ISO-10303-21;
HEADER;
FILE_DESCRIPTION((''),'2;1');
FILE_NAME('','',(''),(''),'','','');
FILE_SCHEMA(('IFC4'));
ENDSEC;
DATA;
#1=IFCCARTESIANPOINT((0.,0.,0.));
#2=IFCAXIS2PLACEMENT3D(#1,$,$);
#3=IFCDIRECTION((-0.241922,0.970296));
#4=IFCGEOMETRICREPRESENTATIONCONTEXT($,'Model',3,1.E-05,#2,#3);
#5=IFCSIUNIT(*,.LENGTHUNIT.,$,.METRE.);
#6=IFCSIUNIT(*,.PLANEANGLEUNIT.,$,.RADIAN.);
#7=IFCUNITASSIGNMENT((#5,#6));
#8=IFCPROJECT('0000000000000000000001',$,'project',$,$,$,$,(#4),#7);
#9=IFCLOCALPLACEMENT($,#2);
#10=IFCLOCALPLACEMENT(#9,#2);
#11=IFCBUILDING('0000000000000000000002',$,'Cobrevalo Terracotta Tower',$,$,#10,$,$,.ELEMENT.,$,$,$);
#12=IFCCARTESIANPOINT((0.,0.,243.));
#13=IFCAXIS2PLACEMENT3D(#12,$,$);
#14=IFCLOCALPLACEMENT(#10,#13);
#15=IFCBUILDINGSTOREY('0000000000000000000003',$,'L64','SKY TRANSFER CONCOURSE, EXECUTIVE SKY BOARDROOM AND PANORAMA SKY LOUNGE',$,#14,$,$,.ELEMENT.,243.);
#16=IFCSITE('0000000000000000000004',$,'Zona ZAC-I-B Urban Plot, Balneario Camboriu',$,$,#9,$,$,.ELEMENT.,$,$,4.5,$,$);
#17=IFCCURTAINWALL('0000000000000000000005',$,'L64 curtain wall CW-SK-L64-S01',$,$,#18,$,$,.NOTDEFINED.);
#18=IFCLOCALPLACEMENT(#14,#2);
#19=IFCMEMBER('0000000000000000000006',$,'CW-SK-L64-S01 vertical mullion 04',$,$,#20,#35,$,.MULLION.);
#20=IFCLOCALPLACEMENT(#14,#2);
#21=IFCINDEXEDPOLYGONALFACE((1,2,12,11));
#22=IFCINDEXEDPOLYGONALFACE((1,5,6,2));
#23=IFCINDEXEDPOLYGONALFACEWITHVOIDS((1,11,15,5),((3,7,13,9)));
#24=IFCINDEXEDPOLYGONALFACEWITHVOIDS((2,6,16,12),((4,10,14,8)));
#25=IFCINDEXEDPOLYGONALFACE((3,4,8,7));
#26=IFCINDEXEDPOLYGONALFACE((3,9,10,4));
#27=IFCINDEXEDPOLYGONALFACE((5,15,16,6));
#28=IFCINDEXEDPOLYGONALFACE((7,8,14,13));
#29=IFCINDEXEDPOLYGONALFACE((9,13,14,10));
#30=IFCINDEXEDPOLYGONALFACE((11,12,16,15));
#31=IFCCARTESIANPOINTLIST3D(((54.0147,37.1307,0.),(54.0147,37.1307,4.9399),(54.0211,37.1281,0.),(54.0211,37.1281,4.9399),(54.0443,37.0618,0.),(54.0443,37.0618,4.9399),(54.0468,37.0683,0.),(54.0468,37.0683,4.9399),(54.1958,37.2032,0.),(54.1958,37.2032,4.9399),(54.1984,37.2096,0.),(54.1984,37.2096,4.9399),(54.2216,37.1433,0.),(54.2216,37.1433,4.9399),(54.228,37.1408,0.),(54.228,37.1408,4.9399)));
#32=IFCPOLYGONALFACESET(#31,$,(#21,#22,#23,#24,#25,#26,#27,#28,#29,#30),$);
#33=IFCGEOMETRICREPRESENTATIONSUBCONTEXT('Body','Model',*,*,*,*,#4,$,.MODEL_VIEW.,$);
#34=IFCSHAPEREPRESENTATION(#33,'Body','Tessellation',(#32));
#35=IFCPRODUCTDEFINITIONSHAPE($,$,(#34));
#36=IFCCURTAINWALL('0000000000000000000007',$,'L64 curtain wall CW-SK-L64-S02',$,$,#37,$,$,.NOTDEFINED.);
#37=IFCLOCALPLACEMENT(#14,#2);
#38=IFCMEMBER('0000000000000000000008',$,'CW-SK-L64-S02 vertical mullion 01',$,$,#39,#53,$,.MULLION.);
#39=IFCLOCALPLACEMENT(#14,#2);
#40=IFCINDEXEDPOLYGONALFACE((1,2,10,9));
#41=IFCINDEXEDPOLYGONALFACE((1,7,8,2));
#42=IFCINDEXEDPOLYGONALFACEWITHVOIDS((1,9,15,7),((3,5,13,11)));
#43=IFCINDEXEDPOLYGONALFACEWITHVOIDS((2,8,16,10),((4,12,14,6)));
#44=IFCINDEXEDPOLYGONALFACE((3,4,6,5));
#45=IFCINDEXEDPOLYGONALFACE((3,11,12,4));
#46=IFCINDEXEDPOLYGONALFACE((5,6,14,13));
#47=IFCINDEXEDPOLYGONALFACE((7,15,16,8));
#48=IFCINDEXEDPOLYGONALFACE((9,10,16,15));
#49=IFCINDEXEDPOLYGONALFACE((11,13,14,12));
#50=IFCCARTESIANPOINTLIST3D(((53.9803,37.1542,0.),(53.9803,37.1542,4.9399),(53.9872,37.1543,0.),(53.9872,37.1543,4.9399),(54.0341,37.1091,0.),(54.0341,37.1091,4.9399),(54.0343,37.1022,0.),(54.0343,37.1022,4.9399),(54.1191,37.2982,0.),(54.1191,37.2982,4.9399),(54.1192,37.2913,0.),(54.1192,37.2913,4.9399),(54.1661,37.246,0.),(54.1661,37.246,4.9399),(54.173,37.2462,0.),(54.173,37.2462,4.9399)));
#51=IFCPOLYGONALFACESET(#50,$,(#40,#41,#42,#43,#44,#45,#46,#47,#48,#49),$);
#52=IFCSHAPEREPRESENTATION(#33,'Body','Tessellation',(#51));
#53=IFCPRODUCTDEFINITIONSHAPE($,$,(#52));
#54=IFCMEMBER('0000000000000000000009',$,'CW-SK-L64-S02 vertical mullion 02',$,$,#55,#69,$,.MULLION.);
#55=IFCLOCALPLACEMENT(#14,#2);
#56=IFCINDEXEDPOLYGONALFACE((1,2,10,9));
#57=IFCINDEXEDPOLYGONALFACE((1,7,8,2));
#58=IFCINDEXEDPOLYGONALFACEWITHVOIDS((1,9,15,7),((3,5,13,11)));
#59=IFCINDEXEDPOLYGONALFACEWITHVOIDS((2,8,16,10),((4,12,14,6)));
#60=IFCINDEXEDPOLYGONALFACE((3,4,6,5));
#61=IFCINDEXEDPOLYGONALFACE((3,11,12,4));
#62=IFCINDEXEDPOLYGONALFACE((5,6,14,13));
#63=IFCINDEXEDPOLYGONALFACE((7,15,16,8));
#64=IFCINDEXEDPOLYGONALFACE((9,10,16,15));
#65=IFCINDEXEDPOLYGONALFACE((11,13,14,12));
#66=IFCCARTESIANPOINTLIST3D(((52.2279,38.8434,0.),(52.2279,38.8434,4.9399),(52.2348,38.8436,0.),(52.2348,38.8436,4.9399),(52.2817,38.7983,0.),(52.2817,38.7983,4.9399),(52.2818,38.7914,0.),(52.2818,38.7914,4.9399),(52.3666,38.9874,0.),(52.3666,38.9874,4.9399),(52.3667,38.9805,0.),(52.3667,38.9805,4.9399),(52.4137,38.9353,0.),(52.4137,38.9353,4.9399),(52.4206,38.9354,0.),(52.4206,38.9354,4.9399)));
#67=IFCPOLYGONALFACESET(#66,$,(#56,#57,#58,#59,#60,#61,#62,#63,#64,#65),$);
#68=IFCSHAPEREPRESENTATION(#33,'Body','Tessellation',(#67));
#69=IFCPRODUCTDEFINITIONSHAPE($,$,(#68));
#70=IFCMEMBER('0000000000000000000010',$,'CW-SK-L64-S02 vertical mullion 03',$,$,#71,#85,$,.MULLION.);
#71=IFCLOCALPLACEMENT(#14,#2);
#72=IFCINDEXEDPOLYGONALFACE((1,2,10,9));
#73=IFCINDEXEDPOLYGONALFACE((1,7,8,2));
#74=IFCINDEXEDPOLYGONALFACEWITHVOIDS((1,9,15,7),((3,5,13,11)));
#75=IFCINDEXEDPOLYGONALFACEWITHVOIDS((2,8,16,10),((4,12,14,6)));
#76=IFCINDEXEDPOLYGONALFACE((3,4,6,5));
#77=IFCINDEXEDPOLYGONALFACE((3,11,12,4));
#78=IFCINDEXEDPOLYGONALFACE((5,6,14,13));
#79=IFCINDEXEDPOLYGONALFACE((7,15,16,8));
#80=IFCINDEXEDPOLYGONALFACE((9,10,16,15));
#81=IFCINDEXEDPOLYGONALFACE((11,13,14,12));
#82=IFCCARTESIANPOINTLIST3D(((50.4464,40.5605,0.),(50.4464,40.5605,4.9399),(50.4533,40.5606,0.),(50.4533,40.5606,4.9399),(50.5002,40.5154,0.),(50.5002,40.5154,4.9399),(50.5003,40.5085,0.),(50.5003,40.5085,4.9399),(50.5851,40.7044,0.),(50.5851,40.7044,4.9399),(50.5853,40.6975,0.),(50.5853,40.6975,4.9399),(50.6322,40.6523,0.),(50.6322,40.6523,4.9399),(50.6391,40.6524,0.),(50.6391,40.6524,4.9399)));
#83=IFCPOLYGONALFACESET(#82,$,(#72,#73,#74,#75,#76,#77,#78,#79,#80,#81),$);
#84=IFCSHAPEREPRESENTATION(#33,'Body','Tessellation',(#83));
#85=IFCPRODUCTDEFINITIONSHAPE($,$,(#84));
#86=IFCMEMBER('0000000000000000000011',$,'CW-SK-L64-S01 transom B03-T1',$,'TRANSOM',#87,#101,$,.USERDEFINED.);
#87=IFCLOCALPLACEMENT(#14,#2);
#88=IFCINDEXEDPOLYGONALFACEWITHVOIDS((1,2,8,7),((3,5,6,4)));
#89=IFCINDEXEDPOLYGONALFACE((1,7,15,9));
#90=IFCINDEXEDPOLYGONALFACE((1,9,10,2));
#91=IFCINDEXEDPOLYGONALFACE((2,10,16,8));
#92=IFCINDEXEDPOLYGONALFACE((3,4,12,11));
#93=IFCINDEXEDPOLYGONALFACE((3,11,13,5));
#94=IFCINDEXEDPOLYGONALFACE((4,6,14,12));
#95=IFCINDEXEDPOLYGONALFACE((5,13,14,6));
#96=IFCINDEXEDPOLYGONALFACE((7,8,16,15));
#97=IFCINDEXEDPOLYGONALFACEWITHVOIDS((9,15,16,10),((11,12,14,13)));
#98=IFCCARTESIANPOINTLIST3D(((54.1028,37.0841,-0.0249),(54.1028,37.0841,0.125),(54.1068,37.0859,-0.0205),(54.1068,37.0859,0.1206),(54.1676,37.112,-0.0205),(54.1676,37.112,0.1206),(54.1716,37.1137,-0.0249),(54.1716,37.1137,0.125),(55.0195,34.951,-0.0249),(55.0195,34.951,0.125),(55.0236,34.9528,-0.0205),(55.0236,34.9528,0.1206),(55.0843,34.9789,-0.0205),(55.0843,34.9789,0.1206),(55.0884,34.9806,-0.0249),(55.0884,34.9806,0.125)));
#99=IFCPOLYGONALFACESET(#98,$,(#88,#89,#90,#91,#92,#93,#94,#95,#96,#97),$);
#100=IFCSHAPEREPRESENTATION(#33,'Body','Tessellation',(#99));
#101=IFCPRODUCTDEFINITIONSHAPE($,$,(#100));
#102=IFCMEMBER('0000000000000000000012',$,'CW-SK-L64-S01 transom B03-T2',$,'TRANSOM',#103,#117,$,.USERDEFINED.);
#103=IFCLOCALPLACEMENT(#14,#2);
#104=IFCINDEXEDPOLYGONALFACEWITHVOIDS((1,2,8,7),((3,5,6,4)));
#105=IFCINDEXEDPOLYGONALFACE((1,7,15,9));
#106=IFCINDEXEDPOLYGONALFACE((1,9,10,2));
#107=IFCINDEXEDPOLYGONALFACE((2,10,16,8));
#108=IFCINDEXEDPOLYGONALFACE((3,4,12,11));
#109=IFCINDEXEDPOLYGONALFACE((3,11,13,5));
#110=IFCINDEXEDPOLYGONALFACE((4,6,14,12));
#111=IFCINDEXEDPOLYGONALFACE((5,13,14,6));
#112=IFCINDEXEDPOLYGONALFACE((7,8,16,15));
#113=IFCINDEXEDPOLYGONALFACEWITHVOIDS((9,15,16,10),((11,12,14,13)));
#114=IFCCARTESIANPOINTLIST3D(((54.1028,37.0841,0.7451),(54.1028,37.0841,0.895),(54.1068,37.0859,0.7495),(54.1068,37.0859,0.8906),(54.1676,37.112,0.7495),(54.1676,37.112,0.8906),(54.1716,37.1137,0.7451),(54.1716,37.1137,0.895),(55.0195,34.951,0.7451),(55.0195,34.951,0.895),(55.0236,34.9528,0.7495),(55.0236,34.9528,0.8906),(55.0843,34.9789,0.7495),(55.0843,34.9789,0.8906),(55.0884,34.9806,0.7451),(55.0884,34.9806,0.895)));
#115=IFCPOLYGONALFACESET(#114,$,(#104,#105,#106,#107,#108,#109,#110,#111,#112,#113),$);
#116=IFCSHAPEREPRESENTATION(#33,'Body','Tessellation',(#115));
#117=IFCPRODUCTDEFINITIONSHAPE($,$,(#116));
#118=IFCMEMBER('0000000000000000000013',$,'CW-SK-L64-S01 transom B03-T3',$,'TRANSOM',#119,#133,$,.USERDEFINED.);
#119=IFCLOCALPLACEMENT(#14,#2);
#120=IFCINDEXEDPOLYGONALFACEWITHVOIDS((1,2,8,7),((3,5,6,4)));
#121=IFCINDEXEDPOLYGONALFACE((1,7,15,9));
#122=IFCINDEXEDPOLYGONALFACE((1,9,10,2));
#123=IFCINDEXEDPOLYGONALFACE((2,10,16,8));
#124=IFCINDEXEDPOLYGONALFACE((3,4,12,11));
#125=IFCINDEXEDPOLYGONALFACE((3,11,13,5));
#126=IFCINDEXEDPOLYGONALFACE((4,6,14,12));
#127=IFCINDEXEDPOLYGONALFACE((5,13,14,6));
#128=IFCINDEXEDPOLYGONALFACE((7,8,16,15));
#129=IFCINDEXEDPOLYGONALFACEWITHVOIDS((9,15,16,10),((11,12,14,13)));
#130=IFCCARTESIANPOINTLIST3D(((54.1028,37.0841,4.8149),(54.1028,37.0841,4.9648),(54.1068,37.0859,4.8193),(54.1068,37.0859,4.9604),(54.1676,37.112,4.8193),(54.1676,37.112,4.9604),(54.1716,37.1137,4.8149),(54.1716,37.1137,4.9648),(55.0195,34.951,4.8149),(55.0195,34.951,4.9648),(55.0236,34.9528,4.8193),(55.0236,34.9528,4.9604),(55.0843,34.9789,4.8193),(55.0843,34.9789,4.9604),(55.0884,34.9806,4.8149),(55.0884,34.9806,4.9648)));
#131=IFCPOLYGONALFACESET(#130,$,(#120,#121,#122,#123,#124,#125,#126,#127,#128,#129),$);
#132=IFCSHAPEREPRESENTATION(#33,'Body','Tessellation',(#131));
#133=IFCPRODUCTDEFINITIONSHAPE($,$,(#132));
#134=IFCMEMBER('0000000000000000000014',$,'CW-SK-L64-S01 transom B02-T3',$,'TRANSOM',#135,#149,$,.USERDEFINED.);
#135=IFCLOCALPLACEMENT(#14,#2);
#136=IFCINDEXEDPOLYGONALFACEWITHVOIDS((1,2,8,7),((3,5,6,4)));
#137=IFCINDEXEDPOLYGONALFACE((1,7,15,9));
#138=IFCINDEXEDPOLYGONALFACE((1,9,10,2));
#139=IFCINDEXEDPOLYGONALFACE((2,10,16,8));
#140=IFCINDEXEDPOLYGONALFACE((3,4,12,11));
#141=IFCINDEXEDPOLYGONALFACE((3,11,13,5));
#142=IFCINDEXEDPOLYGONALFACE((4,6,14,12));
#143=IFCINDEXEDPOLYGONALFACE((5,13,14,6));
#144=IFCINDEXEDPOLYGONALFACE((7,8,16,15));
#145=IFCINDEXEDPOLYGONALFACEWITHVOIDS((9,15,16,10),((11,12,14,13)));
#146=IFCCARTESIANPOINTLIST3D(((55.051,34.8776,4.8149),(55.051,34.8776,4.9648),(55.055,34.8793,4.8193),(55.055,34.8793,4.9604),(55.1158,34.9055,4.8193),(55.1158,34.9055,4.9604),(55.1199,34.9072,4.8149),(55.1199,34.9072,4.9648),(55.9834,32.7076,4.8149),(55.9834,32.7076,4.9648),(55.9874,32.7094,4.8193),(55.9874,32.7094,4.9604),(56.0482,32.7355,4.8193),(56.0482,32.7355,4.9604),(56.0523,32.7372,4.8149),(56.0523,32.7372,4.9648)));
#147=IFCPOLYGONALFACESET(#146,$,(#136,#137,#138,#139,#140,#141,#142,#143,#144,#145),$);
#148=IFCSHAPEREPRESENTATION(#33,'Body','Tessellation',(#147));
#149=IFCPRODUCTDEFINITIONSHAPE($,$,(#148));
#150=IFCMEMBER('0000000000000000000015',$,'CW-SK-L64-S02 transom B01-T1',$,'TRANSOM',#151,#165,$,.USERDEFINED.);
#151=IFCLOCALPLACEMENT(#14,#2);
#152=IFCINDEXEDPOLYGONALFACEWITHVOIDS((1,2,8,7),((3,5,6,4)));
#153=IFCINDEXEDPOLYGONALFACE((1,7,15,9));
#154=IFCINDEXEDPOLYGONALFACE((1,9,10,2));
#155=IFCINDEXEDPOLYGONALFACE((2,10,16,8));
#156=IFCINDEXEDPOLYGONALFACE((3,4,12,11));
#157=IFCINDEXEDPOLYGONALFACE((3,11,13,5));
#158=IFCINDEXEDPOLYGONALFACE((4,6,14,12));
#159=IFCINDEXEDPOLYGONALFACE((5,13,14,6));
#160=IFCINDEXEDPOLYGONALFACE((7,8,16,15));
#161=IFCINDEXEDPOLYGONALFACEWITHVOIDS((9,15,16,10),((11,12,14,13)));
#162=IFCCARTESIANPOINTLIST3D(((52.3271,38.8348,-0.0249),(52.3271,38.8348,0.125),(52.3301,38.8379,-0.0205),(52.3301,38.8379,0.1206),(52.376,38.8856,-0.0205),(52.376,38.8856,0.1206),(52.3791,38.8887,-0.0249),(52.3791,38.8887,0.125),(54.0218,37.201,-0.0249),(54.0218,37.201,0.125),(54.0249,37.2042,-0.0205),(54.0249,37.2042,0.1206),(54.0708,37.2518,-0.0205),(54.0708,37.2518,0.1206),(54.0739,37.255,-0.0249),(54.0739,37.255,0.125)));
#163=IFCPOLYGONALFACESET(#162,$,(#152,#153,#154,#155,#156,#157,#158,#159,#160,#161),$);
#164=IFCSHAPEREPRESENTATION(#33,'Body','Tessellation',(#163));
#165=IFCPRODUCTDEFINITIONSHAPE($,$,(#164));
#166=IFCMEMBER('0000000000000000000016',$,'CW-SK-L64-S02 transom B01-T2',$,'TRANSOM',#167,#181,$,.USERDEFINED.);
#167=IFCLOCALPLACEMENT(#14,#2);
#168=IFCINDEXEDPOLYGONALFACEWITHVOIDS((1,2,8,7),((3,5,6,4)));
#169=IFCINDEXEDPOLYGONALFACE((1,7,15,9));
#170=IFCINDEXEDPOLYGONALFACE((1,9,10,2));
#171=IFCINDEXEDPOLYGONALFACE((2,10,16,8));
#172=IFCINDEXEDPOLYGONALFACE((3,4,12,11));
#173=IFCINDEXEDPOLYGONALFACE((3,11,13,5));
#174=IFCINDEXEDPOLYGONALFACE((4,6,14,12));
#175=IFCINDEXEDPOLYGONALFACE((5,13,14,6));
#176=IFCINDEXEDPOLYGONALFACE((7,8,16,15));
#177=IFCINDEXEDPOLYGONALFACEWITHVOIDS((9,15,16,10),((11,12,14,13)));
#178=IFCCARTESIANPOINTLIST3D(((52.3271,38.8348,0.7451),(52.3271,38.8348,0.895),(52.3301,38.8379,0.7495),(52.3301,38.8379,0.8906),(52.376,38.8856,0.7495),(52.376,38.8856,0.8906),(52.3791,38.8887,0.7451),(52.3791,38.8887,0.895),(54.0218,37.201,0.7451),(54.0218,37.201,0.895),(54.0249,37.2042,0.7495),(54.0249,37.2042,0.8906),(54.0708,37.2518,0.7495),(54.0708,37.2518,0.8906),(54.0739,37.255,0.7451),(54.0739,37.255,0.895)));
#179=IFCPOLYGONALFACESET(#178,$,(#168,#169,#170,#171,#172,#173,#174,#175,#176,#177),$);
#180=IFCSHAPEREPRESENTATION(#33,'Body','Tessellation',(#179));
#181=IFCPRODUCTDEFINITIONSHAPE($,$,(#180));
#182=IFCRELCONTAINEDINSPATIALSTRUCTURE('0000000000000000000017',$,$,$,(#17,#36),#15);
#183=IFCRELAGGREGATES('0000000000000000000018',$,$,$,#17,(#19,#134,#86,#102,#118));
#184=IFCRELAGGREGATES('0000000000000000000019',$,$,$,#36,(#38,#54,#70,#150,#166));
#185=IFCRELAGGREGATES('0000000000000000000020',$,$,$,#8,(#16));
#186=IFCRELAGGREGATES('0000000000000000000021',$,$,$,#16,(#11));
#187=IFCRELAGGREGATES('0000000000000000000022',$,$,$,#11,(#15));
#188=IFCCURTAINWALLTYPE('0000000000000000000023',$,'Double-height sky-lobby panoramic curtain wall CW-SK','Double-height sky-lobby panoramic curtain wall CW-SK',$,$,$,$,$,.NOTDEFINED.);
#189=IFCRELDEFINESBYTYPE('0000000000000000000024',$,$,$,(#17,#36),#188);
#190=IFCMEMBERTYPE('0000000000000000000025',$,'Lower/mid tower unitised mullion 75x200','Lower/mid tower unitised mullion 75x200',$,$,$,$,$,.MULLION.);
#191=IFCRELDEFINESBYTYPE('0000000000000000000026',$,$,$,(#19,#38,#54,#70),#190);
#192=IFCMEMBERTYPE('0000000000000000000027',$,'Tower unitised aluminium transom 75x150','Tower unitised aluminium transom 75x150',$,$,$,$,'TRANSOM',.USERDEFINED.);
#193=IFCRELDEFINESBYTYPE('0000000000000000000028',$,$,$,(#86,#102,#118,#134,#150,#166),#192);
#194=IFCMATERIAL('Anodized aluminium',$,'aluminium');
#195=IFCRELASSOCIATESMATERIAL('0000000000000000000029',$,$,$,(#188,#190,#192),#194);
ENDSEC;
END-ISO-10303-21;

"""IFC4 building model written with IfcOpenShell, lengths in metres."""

from ifc_helpers import new_model, si_unit, direction, frame, origin, origin_2d, place, context, subcontext, project, spatial, hollow_rectangle, extrude, source, transform, mapped, material, material_profile, profile_set, type_object, element, aggregate, save


model = new_model("IFC4")

# Units and contexts
model_context = context("Model", 3, precision=1e-05, world=origin(), true_north=direction((-0.241922, 0.970296)))
body_context = subcontext(model_context, "Body", "Model", "MODEL_VIEW")
ifc_project = project(units=[si_unit("LENGTHUNIT", "METRE"), si_unit("PLANEANGLEUNIT", "RADIAN")], contexts=[model_context])

# Site, building, storey
site_placement = place(None, origin())
site = spatial("IfcSite", under=ifc_project, at=site_placement, Name="Zona ZAC-I-B Urban Plot, Balneario Camboriu", CompositionType="ELEMENT", RefElevation=4.5)
building_placement = place(site_placement, origin())
building = spatial("IfcBuilding", under=site, at=building_placement, Name="Cobrevalo Terracotta Tower", CompositionType="ELEMENT")
storey_placement = place(building_placement, frame((0.0, 0.0, 243.0)))
storey = spatial("IfcBuildingStorey", under=building, at=storey_placement, Name="L64", Description="SKY TRANSFER CONCOURSE, EXECUTIVE SKY BOARDROOM AND PANORAMA SKY LOUNGE", CompositionType="ELEMENT", Elevation=243.0)

# Curtain walls, members
ifc_material_1 = material(Name="Anodized aluminium", Category="aluminium")
curtain_wall_type = type_object("IfcCurtainWallType", Name="Double-height sky-lobby panoramic curtain wall CW-SK", Description="Double-height sky-lobby panoramic curtain wall CW-SK", PredefinedType="NOTDEFINED", material=ifc_material_1)
curtain_wall_1_placement = place(storey_placement, origin())
curtain_wall_1 = element("IfcCurtainWall", 1, at=curtain_wall_1_placement, inside=storey, type_object=curtain_wall_type, Name="L64 curtain wall CW-SK-L64-S01", PredefinedType="NOTDEFINED")
ifc_material_profile_1 = material_profile(ifc_material_1, hollow_rectangle(XDim=0.075, YDim=0.2, WallThickness=0.0049, at=origin_2d()), Name="CWM 75x200")
ifc_profile_set_1 = profile_set([ifc_material_profile_1], Name="Anodized aluminium")
member_type_1 = type_object("IfcMemberType", Name="Lower/mid tower unitised mullion 75x200", Description="Lower/mid tower unitised mullion 75x200", PredefinedType="MULLION", material=ifc_profile_set_1)
shared_shape_1 = source(origin(), body_context, "Body", "SweptSolid", [
    extrude(hollow_rectangle(XDim=0.075, YDim=0.2, WallThickness=0.0049, at=origin_2d()), origin(), (0.0, 0.0, 1.0), 4.9399),
])
member_1_placement = place(storey_placement, frame((54.1213, 37.1357, 0.0), z_axis=(0.0, 0.0, 1.0), x_axis=(-0.394824, 0.918757, 0.0)))
member_1 = element("IfcMember", 2, at=member_1_placement, type_object=member_type_1, Name="CW-SK-L64-S01 vertical mullion 04", PredefinedType="MULLION", context=body_context, shape_type="MappedRepresentation", body=[
    mapped(shared_shape_1, transform((0.0, 0.0, 0.0), scale=1.0)),
])
curtain_wall_2_placement = place(storey_placement, origin())
curtain_wall_2 = element("IfcCurtainWall", 3, at=curtain_wall_2_placement, inside=storey, type_object=curtain_wall_type, Name="L64 curtain wall CW-SK-L64-S02", PredefinedType="NOTDEFINED")
member_2_placement = place(storey_placement, frame((54.0767, 37.2002, 0.0), z_axis=(0.0, 0.0, 1.0), x_axis=(-0.719994, 0.69398, 0.0)))
member_2 = element("IfcMember", 4, at=member_2_placement, type_object=member_type_1, Name="CW-SK-L64-S02 vertical mullion 01", PredefinedType="MULLION", context=body_context, shape_type="MappedRepresentation", body=[
    mapped(shared_shape_1, transform((0.0, 0.0, 0.0), scale=1.0)),
])
member_3_placement = place(storey_placement, frame((52.3242, 38.8894, 0.0), z_axis=(0.0, 0.0, 1.0), x_axis=(-0.719994, 0.69398, 0.0)))
member_3 = element("IfcMember", 5, at=member_3_placement, type_object=member_type_1, Name="CW-SK-L64-S02 vertical mullion 02", PredefinedType="MULLION", context=body_context, shape_type="MappedRepresentation", body=[
    mapped(shared_shape_1, transform((0.0, 0.0, 0.0), scale=1.0)),
])
member_4_placement = place(storey_placement, frame((50.5427, 40.6064, 0.0), z_axis=(0.0, 0.0, 1.0), x_axis=(-0.719994, 0.69398, 0.0)))
member_4 = element("IfcMember", 6, at=member_4_placement, type_object=member_type_1, Name="CW-SK-L64-S02 vertical mullion 03", PredefinedType="MULLION", context=body_context, shape_type="MappedRepresentation", body=[
    mapped(shared_shape_1, transform((0.0, 0.0, 0.0), scale=1.0)),
])

# Members
ifc_material_profile_2 = material_profile(ifc_material_1, hollow_rectangle(XDim=0.075, YDim=0.1499, WallThickness=0.0044, at=origin_2d()), Name="CWT 75x150")
ifc_profile_set_2 = profile_set([ifc_material_profile_2], Name="Anodized aluminium")
member_type_2 = type_object("IfcMemberType", Name="Tower unitised aluminium transom 75x150", Description="Tower unitised aluminium transom 75x150", ElementType="TRANSOM", PredefinedType="USERDEFINED", material=ifc_profile_set_2)
shared_shape_2 = source(origin(), body_context, "Body", "SweptSolid", [
    extrude(hollow_rectangle(XDim=0.075, YDim=0.1499, WallThickness=0.0044, at=origin_2d()), origin(), (0.0, 0.0, 1.0), 2.3218),
])
member_5_placement = place(storey_placement, frame((55.054, 34.9658, 0.05), z_axis=(-0.394858, 0.918742, 0.0), x_axis=(-0.918742, -0.394858, 0.0)))
member_5 = element("IfcMember", 7, at=member_5_placement, type_object=member_type_2, Name="CW-SK-L64-S01 transom B03-T1", ObjectType="TRANSOM", PredefinedType="USERDEFINED", context=body_context, shape_type="MappedRepresentation", body=[
    mapped(shared_shape_2, transform((0.0, 0.0, 0.0), scale=1.0)),
])
member_6_placement = place(storey_placement, frame((55.054, 34.9658, 0.8201), z_axis=(-0.394858, 0.918742, 0.0), x_axis=(-0.918742, -0.394858, 0.0)))
member_6 = element("IfcMember", 8, at=member_6_placement, type_object=member_type_2, Name="CW-SK-L64-S01 transom B03-T2", ObjectType="TRANSOM", PredefinedType="USERDEFINED", context=body_context, shape_type="MappedRepresentation", body=[
    mapped(shared_shape_2, transform((0.0, 0.0, 0.0), scale=1.0)),
])
member_7_placement = place(storey_placement, frame((55.054, 34.9658, 4.8899), z_axis=(-0.394858, 0.918742, 0.0), x_axis=(-0.918742, -0.394858, 0.0)))
member_7 = element("IfcMember", 9, at=member_7_placement, type_object=member_type_2, Name="CW-SK-L64-S01 transom B03-T3", ObjectType="TRANSOM", PredefinedType="USERDEFINED", context=body_context, shape_type="MappedRepresentation", body=[
    mapped(shared_shape_2, transform((0.0, 0.0, 0.0), scale=1.0)),
])
shared_shape_3 = source(origin(), body_context, "Body", "SweptSolid", [
    extrude(hollow_rectangle(XDim=0.075, YDim=0.1499, WallThickness=0.0044, at=origin_2d()), origin(), (0.0, 0.0, 1.0), 2.3618),
])
member_8_placement = place(storey_placement, frame((56.0178, 32.7224, 4.8899), z_axis=(-0.39478, 0.918776, 0.0), x_axis=(-0.918776, -0.39478, 0.0)))
member_8 = element("IfcMember", 10, at=member_8_placement, type_object=member_type_2, Name="CW-SK-L64-S01 transom B02-T3", ObjectType="TRANSOM", PredefinedType="USERDEFINED", context=body_context, shape_type="MappedRepresentation", body=[
    mapped(shared_shape_3, transform((0.0, 0.0, 0.0), scale=1.0)),
])
shared_shape_4 = source(origin(), body_context, "Body", "SweptSolid", [
    extrude(hollow_rectangle(XDim=0.075, YDim=0.1499, WallThickness=0.0044, at=origin_2d()), origin(), (0.0, 0.0, 1.0), 2.354),
])
member_9_placement = place(storey_placement, frame((54.0479, 37.228, 0.05), z_axis=(-0.719952, 0.694024, 0.0), x_axis=(-0.694024, -0.719952, 0.0)))
member_9 = element("IfcMember", 11, at=member_9_placement, type_object=member_type_2, Name="CW-SK-L64-S02 transom B01-T1", ObjectType="TRANSOM", PredefinedType="USERDEFINED", context=body_context, shape_type="MappedRepresentation", body=[
    mapped(shared_shape_4, transform((0.0, 0.0, 0.0), scale=1.0)),
])
member_10_placement = place(storey_placement, frame((54.0479, 37.228, 0.8201), z_axis=(-0.719952, 0.694024, 0.0), x_axis=(-0.694024, -0.719952, 0.0)))
member_10 = element("IfcMember", 12, at=member_10_placement, type_object=member_type_2, Name="CW-SK-L64-S02 transom B01-T2", ObjectType="TRANSOM", PredefinedType="USERDEFINED", context=body_context, shape_type="MappedRepresentation", body=[
    mapped(shared_shape_4, transform((0.0, 0.0, 0.0), scale=1.0)),
])

aggregate(curtain_wall_1, [member_1, member_8, member_5, member_6, member_7])
aggregate(curtain_wall_2, [member_2, member_3, member_4, member_9, member_10])

save(model, "model.ifc")
